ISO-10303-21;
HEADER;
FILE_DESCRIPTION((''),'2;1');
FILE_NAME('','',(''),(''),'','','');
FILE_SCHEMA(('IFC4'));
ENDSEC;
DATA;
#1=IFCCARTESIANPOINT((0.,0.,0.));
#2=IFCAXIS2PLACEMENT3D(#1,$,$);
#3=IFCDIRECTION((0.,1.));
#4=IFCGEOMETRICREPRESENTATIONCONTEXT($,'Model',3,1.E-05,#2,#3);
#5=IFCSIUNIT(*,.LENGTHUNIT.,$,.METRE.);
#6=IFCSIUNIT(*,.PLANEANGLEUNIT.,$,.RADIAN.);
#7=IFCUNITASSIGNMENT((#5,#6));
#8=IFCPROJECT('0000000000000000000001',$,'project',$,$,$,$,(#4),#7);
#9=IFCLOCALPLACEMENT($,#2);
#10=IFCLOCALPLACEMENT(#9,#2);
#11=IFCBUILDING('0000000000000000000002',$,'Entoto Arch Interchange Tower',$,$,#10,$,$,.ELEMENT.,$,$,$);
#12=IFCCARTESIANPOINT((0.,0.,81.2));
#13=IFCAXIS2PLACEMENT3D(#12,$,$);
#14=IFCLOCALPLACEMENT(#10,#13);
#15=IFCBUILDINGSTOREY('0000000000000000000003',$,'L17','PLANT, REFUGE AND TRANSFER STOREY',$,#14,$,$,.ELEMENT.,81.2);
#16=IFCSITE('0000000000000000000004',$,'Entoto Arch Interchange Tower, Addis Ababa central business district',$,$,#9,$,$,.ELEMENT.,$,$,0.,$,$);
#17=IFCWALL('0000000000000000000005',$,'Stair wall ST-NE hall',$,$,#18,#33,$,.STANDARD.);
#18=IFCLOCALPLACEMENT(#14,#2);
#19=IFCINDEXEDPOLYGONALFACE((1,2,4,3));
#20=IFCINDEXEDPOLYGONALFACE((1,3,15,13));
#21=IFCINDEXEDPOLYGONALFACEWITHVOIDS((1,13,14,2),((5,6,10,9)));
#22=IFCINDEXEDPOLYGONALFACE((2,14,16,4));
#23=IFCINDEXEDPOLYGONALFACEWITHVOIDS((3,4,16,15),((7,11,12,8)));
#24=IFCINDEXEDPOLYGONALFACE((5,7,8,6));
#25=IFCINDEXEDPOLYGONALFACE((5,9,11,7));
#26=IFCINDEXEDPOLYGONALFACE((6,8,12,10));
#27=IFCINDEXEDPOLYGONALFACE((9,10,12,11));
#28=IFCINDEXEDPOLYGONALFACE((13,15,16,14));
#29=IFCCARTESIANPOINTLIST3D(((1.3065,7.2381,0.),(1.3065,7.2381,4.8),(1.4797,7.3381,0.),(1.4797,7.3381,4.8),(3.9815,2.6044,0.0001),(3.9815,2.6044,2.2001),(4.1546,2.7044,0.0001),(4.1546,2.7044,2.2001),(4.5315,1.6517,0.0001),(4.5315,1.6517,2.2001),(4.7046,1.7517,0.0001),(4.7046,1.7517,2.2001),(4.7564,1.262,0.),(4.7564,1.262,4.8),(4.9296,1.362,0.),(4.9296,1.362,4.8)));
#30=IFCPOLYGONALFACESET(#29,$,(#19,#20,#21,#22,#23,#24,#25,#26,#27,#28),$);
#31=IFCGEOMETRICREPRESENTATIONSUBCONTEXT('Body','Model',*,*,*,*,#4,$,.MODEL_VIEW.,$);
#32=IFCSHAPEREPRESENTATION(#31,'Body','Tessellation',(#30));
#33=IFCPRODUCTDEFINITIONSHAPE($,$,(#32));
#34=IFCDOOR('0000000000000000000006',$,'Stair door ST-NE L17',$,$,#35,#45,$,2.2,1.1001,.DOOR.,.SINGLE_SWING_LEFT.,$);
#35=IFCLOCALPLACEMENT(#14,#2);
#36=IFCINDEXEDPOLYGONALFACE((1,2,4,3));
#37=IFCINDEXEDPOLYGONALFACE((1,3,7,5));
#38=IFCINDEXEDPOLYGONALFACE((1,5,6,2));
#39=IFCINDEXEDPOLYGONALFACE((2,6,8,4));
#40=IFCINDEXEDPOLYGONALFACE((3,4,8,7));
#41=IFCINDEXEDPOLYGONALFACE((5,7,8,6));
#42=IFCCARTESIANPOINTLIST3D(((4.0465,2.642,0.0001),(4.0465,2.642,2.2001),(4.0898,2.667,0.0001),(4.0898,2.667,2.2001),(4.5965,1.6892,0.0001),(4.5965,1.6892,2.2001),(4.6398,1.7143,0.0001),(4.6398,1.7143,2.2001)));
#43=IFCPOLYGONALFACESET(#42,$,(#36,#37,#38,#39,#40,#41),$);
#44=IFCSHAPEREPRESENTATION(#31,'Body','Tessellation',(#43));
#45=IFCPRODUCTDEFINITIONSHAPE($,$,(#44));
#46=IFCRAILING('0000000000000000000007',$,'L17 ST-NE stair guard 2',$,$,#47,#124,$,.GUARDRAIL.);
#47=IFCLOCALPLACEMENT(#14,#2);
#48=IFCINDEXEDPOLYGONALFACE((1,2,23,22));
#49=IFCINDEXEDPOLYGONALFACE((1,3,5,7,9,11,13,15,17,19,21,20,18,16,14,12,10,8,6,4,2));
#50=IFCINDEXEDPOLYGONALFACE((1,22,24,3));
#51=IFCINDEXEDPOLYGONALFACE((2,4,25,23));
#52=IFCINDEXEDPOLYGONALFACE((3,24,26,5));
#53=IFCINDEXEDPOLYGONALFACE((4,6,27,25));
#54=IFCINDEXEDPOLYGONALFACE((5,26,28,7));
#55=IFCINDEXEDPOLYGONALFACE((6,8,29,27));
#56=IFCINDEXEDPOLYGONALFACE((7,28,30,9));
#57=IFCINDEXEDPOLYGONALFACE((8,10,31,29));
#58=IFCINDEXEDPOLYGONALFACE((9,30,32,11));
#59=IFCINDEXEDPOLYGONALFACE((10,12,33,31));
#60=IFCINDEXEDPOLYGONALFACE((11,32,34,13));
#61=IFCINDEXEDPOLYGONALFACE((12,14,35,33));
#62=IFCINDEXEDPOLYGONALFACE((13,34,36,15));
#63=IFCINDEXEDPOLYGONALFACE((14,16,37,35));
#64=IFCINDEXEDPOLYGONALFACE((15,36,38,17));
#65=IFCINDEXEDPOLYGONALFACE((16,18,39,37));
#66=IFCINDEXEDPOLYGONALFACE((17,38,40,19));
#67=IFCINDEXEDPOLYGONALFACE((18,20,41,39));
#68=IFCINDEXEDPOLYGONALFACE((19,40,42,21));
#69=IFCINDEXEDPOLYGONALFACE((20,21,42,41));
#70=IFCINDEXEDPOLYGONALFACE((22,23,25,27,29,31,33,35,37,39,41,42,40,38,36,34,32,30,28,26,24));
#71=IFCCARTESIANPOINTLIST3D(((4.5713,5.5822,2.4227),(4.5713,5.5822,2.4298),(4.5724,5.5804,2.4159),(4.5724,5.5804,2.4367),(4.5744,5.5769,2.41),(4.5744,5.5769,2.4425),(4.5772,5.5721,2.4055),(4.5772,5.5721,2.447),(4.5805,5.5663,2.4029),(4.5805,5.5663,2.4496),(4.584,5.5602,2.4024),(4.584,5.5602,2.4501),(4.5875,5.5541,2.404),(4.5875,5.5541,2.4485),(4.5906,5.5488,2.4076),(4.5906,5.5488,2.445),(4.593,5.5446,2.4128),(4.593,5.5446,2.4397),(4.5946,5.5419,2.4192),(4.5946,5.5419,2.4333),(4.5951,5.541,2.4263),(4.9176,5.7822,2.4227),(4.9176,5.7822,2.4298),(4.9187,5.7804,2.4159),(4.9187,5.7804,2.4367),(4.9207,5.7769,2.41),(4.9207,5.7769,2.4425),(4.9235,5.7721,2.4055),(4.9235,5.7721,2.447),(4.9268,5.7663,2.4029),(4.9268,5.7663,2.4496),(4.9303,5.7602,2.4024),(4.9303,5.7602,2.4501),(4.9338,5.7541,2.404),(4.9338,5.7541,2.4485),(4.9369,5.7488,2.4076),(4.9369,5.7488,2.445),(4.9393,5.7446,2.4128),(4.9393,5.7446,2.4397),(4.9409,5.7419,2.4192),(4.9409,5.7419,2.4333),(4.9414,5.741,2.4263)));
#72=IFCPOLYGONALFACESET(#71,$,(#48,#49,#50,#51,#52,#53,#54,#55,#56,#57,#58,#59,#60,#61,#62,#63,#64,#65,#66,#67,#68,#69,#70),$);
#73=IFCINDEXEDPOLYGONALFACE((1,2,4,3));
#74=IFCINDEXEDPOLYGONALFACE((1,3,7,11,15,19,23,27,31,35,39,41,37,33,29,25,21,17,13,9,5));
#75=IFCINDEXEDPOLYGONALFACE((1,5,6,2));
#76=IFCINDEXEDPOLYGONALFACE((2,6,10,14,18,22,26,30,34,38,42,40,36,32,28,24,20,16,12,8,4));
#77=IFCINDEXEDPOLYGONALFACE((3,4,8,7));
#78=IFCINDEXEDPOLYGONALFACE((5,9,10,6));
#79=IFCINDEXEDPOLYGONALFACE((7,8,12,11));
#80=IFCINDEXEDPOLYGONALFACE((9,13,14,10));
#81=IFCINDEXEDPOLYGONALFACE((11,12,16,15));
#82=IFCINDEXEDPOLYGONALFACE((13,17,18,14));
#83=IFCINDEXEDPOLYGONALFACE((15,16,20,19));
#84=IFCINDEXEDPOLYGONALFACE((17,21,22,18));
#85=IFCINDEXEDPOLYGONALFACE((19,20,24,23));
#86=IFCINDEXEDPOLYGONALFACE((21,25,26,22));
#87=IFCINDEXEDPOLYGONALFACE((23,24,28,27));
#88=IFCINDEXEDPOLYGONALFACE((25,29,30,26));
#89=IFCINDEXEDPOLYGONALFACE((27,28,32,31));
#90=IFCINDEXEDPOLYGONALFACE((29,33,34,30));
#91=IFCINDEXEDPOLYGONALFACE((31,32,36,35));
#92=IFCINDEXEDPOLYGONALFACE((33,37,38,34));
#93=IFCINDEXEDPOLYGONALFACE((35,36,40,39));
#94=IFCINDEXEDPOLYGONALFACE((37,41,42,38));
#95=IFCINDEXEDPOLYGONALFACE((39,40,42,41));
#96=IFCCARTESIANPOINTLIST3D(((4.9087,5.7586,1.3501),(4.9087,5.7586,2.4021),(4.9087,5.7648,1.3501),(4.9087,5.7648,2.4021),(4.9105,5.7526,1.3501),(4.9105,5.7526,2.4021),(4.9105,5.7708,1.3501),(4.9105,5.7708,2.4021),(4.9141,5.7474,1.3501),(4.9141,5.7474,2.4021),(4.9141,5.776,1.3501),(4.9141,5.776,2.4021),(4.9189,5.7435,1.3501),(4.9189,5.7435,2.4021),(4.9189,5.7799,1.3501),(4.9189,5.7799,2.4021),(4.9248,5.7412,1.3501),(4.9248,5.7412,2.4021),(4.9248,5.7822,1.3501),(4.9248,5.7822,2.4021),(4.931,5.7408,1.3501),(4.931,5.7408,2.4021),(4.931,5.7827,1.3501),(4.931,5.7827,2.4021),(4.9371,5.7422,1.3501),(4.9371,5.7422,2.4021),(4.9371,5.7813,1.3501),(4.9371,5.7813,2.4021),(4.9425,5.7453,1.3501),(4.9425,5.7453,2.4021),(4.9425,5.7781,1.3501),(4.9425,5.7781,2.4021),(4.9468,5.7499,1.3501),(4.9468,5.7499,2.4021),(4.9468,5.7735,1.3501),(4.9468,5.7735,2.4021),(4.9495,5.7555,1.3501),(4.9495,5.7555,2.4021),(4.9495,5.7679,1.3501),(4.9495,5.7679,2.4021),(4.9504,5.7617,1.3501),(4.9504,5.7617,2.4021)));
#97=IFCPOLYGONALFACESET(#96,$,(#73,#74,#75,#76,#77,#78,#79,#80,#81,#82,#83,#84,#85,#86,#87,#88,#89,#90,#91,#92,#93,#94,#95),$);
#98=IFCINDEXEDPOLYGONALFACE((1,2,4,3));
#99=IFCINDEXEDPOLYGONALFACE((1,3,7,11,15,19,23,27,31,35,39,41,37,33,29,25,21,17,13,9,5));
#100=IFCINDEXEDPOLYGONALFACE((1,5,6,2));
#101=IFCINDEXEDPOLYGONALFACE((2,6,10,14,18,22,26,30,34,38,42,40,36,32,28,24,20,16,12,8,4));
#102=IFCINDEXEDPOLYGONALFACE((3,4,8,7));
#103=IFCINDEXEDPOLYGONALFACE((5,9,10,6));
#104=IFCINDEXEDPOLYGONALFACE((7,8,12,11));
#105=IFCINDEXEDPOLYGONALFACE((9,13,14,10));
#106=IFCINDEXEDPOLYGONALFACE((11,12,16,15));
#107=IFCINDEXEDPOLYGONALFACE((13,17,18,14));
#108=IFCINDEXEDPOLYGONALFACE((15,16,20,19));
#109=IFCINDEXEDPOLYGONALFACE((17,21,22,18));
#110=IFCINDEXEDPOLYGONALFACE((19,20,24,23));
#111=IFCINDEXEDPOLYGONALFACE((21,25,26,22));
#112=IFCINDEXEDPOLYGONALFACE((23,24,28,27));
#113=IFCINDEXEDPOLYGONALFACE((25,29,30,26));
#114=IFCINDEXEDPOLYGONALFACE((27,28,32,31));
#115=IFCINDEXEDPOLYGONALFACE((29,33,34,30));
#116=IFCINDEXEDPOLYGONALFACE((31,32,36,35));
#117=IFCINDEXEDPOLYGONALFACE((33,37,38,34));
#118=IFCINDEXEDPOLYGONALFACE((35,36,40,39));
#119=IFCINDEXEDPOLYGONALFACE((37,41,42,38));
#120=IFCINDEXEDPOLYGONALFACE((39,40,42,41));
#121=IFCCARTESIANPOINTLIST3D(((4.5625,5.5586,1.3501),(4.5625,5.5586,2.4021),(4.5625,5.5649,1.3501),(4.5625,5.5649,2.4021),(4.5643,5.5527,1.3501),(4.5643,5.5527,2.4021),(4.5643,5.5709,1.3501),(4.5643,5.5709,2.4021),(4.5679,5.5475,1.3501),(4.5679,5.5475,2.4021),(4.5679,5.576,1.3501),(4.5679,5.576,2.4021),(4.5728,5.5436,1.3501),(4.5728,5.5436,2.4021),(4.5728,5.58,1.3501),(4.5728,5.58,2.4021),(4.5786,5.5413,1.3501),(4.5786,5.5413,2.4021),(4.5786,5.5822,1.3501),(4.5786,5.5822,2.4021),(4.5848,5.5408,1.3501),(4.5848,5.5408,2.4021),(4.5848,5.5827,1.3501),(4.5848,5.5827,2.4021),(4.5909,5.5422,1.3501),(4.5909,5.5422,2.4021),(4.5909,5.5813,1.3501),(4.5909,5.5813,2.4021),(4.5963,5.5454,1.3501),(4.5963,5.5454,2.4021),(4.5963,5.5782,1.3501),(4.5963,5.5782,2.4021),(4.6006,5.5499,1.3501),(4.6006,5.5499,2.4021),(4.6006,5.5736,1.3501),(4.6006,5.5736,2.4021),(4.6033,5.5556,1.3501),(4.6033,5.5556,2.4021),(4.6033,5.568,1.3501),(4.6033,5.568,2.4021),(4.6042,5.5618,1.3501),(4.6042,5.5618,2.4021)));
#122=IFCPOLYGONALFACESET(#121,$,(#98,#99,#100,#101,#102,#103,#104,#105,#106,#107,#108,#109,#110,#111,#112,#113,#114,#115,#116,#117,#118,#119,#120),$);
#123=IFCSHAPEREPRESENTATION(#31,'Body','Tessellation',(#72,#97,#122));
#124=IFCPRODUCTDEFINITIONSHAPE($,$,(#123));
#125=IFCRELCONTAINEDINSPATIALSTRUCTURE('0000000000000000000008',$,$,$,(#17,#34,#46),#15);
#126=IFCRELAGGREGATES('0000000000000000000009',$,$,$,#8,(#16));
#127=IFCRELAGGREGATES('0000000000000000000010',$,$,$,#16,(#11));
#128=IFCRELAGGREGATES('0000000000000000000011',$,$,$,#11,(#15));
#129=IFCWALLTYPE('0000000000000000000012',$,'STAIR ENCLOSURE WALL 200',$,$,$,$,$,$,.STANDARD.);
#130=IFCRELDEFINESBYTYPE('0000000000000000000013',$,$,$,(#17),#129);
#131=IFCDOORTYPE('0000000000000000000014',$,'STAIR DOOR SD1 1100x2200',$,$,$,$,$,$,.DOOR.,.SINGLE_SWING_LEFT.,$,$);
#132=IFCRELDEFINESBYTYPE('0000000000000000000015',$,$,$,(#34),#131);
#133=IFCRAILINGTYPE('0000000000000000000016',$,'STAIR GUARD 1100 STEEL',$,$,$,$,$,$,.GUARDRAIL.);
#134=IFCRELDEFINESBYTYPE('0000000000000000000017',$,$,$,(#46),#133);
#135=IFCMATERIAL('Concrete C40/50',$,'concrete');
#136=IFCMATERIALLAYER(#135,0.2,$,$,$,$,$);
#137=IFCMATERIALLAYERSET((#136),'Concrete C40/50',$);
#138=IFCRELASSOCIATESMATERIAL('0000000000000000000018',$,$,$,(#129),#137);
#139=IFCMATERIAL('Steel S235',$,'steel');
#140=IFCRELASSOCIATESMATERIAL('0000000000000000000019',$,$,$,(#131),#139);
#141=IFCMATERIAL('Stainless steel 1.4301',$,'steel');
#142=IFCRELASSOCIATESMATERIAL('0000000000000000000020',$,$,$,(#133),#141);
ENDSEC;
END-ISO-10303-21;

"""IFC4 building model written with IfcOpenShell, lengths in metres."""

from ifc_helpers import new_model, si_unit, direction, frame, frame_2d, origin, origin_2d, place, context, subcontext, project, spatial, rectangle, circle, extrude, material, layer, layer_set, type_object, element, fill, save


model = new_model("IFC4")

# Units and contexts
model_context = context("Model", 3, precision=1e-05, world=origin(), true_north=direction((0.0, 1.0)))
body_context = subcontext(model_context, "Body", "Model", "MODEL_VIEW")
ifc_project = project(units=[si_unit("LENGTHUNIT", "METRE"), si_unit("PLANEANGLEUNIT", "RADIAN")], contexts=[model_context])

# Site, building, storey
site_placement = place(None, origin())
site = spatial("IfcSite", under=ifc_project, at=site_placement, Name="Entoto Arch Interchange Tower, Addis Ababa central business district", CompositionType="ELEMENT", RefElevation=0.0)
building_placement = place(site_placement, origin())
building = spatial("IfcBuilding", under=site, at=building_placement, Name="Entoto Arch Interchange Tower", CompositionType="ELEMENT")
storey_placement = place(building_placement, frame((0.0, 0.0, 81.2)))
storey = spatial("IfcBuildingStorey", under=building, at=storey_placement, Name="L17", Description="PLANT, REFUGE AND TRANSFER STOREY", CompositionType="ELEMENT", Elevation=81.2)

# Shared definitions
ifc_material_1 = material(Name="Concrete C40/50", Category="concrete")

# Shared definitions
ifc_layer_1 = layer(ifc_material_1, 0.2)
ifc_layer_set_1 = layer_set([ifc_layer_1], Name="Concrete C40/50")
wall_type_1 = type_object("IfcWallType", Name="STAIR ENCLOSURE WALL 200", PredefinedType="STANDARD", material=ifc_layer_set_1)
ifc_material_2 = material(Name="Steel S235", Category="steel")
door_type = type_object("IfcDoorType", Name="STAIR DOOR SD1 1100x2200", OperationType="SINGLE_SWING_LEFT", PredefinedType="DOOR", material=ifc_material_2)

# Wall, opening, door
wall_1_placement = place(storey_placement, frame((4.843, 1.312, 0.0), z_axis=(0.0, 0.0, 1.0), x_axis=(-0.499963, 0.866047, 0.0)))
wall_1 = element("IfcWall", 1, at=wall_1_placement, inside=storey, type_object=wall_type_1, Name="Stair wall ST-NE hall", PredefinedType="STANDARD", context=body_context, shape_type="SweptSolid", body=[
    extrude(rectangle(XDim=6.9004, YDim=0.2, at=frame_2d((3.4502, 0.0))), origin(), (0.0, 0.0, 1.0), 4.8),
])
opening_1_placement = place(wall_1_placement, frame((0.45, 0.0, 0.0)))
opening_1 = element("IfcOpeningElement", 2, at=opening_1_placement, cuts=wall_1, PredefinedType="OPENING", context=body_context, shape_type="SweptSolid", body=[
    extrude(rectangle(XDim=1.1001, YDim=2.2, at=frame_2d((0.55, 1.1001))), frame((0.0, 0.1099, 0.0), z_axis=(0.0, -1.0, 0.0), x_axis=(1.0, 0.0, 0.0)), (0.0, 0.0, 1.0), 0.22),
])
door_1_placement = place(opening_1_placement, origin())
door_1 = element("IfcDoor", 3, at=door_1_placement, inside=storey, type_object=door_type, Name="Stair door ST-NE L17", OperationType="SINGLE_SWING_LEFT", OverallHeight=2.2, OverallWidth=1.1001, PredefinedType="DOOR", context=body_context, shape_type="SweptSolid", body=[
    extrude(rectangle(XDim=1.1001, YDim=2.2, at=frame_2d((0.55, 1.1001))), frame((0.0, 0.0249, 0.0), z_axis=(0.0, -1.0, 0.0), x_axis=(1.0, 0.0, 0.0)), (0.0, 0.0, 1.0), 0.05),
])
fill(opening_1, door_1)

# Railing
ifc_material_3 = material(Name="Stainless steel 1.4301", Category="steel")
railing_type_1 = type_object("IfcRailingType", Name="STAIR GUARD 1100 STEEL", PredefinedType="GUARDRAIL", material=ifc_material_3)
railing_1_placement = place(storey_placement, frame((4.9294, 5.7617, 1.3501)))
element("IfcRailing", 4, at=railing_1_placement, inside=storey, type_object=railing_type_1, Name="L17 ST-NE stair guard 2", PredefinedType="GUARDRAIL", context=body_context, shape_type="SweptSolid", body=[
    extrude(circle(Radius=0.0239, at=origin_2d()), frame((0.0, 0.0, 1.0762), z_axis=(-0.865941, -0.500145, 0.0), x_axis=(0.500145, -0.865941, 0.0)), (0.0, 0.0, 1.0), 0.3999),
    extrude(circle(Radius=0.021, at=origin_2d()), origin(), (0.0, 0.0, 1.0), 1.052),
    extrude(circle(Radius=0.021, at=origin_2d()), frame((-0.3462, -0.2, 0.0)), (0.0, 0.0, 1.0), 1.052),
])

save(model, "model.ifc")
